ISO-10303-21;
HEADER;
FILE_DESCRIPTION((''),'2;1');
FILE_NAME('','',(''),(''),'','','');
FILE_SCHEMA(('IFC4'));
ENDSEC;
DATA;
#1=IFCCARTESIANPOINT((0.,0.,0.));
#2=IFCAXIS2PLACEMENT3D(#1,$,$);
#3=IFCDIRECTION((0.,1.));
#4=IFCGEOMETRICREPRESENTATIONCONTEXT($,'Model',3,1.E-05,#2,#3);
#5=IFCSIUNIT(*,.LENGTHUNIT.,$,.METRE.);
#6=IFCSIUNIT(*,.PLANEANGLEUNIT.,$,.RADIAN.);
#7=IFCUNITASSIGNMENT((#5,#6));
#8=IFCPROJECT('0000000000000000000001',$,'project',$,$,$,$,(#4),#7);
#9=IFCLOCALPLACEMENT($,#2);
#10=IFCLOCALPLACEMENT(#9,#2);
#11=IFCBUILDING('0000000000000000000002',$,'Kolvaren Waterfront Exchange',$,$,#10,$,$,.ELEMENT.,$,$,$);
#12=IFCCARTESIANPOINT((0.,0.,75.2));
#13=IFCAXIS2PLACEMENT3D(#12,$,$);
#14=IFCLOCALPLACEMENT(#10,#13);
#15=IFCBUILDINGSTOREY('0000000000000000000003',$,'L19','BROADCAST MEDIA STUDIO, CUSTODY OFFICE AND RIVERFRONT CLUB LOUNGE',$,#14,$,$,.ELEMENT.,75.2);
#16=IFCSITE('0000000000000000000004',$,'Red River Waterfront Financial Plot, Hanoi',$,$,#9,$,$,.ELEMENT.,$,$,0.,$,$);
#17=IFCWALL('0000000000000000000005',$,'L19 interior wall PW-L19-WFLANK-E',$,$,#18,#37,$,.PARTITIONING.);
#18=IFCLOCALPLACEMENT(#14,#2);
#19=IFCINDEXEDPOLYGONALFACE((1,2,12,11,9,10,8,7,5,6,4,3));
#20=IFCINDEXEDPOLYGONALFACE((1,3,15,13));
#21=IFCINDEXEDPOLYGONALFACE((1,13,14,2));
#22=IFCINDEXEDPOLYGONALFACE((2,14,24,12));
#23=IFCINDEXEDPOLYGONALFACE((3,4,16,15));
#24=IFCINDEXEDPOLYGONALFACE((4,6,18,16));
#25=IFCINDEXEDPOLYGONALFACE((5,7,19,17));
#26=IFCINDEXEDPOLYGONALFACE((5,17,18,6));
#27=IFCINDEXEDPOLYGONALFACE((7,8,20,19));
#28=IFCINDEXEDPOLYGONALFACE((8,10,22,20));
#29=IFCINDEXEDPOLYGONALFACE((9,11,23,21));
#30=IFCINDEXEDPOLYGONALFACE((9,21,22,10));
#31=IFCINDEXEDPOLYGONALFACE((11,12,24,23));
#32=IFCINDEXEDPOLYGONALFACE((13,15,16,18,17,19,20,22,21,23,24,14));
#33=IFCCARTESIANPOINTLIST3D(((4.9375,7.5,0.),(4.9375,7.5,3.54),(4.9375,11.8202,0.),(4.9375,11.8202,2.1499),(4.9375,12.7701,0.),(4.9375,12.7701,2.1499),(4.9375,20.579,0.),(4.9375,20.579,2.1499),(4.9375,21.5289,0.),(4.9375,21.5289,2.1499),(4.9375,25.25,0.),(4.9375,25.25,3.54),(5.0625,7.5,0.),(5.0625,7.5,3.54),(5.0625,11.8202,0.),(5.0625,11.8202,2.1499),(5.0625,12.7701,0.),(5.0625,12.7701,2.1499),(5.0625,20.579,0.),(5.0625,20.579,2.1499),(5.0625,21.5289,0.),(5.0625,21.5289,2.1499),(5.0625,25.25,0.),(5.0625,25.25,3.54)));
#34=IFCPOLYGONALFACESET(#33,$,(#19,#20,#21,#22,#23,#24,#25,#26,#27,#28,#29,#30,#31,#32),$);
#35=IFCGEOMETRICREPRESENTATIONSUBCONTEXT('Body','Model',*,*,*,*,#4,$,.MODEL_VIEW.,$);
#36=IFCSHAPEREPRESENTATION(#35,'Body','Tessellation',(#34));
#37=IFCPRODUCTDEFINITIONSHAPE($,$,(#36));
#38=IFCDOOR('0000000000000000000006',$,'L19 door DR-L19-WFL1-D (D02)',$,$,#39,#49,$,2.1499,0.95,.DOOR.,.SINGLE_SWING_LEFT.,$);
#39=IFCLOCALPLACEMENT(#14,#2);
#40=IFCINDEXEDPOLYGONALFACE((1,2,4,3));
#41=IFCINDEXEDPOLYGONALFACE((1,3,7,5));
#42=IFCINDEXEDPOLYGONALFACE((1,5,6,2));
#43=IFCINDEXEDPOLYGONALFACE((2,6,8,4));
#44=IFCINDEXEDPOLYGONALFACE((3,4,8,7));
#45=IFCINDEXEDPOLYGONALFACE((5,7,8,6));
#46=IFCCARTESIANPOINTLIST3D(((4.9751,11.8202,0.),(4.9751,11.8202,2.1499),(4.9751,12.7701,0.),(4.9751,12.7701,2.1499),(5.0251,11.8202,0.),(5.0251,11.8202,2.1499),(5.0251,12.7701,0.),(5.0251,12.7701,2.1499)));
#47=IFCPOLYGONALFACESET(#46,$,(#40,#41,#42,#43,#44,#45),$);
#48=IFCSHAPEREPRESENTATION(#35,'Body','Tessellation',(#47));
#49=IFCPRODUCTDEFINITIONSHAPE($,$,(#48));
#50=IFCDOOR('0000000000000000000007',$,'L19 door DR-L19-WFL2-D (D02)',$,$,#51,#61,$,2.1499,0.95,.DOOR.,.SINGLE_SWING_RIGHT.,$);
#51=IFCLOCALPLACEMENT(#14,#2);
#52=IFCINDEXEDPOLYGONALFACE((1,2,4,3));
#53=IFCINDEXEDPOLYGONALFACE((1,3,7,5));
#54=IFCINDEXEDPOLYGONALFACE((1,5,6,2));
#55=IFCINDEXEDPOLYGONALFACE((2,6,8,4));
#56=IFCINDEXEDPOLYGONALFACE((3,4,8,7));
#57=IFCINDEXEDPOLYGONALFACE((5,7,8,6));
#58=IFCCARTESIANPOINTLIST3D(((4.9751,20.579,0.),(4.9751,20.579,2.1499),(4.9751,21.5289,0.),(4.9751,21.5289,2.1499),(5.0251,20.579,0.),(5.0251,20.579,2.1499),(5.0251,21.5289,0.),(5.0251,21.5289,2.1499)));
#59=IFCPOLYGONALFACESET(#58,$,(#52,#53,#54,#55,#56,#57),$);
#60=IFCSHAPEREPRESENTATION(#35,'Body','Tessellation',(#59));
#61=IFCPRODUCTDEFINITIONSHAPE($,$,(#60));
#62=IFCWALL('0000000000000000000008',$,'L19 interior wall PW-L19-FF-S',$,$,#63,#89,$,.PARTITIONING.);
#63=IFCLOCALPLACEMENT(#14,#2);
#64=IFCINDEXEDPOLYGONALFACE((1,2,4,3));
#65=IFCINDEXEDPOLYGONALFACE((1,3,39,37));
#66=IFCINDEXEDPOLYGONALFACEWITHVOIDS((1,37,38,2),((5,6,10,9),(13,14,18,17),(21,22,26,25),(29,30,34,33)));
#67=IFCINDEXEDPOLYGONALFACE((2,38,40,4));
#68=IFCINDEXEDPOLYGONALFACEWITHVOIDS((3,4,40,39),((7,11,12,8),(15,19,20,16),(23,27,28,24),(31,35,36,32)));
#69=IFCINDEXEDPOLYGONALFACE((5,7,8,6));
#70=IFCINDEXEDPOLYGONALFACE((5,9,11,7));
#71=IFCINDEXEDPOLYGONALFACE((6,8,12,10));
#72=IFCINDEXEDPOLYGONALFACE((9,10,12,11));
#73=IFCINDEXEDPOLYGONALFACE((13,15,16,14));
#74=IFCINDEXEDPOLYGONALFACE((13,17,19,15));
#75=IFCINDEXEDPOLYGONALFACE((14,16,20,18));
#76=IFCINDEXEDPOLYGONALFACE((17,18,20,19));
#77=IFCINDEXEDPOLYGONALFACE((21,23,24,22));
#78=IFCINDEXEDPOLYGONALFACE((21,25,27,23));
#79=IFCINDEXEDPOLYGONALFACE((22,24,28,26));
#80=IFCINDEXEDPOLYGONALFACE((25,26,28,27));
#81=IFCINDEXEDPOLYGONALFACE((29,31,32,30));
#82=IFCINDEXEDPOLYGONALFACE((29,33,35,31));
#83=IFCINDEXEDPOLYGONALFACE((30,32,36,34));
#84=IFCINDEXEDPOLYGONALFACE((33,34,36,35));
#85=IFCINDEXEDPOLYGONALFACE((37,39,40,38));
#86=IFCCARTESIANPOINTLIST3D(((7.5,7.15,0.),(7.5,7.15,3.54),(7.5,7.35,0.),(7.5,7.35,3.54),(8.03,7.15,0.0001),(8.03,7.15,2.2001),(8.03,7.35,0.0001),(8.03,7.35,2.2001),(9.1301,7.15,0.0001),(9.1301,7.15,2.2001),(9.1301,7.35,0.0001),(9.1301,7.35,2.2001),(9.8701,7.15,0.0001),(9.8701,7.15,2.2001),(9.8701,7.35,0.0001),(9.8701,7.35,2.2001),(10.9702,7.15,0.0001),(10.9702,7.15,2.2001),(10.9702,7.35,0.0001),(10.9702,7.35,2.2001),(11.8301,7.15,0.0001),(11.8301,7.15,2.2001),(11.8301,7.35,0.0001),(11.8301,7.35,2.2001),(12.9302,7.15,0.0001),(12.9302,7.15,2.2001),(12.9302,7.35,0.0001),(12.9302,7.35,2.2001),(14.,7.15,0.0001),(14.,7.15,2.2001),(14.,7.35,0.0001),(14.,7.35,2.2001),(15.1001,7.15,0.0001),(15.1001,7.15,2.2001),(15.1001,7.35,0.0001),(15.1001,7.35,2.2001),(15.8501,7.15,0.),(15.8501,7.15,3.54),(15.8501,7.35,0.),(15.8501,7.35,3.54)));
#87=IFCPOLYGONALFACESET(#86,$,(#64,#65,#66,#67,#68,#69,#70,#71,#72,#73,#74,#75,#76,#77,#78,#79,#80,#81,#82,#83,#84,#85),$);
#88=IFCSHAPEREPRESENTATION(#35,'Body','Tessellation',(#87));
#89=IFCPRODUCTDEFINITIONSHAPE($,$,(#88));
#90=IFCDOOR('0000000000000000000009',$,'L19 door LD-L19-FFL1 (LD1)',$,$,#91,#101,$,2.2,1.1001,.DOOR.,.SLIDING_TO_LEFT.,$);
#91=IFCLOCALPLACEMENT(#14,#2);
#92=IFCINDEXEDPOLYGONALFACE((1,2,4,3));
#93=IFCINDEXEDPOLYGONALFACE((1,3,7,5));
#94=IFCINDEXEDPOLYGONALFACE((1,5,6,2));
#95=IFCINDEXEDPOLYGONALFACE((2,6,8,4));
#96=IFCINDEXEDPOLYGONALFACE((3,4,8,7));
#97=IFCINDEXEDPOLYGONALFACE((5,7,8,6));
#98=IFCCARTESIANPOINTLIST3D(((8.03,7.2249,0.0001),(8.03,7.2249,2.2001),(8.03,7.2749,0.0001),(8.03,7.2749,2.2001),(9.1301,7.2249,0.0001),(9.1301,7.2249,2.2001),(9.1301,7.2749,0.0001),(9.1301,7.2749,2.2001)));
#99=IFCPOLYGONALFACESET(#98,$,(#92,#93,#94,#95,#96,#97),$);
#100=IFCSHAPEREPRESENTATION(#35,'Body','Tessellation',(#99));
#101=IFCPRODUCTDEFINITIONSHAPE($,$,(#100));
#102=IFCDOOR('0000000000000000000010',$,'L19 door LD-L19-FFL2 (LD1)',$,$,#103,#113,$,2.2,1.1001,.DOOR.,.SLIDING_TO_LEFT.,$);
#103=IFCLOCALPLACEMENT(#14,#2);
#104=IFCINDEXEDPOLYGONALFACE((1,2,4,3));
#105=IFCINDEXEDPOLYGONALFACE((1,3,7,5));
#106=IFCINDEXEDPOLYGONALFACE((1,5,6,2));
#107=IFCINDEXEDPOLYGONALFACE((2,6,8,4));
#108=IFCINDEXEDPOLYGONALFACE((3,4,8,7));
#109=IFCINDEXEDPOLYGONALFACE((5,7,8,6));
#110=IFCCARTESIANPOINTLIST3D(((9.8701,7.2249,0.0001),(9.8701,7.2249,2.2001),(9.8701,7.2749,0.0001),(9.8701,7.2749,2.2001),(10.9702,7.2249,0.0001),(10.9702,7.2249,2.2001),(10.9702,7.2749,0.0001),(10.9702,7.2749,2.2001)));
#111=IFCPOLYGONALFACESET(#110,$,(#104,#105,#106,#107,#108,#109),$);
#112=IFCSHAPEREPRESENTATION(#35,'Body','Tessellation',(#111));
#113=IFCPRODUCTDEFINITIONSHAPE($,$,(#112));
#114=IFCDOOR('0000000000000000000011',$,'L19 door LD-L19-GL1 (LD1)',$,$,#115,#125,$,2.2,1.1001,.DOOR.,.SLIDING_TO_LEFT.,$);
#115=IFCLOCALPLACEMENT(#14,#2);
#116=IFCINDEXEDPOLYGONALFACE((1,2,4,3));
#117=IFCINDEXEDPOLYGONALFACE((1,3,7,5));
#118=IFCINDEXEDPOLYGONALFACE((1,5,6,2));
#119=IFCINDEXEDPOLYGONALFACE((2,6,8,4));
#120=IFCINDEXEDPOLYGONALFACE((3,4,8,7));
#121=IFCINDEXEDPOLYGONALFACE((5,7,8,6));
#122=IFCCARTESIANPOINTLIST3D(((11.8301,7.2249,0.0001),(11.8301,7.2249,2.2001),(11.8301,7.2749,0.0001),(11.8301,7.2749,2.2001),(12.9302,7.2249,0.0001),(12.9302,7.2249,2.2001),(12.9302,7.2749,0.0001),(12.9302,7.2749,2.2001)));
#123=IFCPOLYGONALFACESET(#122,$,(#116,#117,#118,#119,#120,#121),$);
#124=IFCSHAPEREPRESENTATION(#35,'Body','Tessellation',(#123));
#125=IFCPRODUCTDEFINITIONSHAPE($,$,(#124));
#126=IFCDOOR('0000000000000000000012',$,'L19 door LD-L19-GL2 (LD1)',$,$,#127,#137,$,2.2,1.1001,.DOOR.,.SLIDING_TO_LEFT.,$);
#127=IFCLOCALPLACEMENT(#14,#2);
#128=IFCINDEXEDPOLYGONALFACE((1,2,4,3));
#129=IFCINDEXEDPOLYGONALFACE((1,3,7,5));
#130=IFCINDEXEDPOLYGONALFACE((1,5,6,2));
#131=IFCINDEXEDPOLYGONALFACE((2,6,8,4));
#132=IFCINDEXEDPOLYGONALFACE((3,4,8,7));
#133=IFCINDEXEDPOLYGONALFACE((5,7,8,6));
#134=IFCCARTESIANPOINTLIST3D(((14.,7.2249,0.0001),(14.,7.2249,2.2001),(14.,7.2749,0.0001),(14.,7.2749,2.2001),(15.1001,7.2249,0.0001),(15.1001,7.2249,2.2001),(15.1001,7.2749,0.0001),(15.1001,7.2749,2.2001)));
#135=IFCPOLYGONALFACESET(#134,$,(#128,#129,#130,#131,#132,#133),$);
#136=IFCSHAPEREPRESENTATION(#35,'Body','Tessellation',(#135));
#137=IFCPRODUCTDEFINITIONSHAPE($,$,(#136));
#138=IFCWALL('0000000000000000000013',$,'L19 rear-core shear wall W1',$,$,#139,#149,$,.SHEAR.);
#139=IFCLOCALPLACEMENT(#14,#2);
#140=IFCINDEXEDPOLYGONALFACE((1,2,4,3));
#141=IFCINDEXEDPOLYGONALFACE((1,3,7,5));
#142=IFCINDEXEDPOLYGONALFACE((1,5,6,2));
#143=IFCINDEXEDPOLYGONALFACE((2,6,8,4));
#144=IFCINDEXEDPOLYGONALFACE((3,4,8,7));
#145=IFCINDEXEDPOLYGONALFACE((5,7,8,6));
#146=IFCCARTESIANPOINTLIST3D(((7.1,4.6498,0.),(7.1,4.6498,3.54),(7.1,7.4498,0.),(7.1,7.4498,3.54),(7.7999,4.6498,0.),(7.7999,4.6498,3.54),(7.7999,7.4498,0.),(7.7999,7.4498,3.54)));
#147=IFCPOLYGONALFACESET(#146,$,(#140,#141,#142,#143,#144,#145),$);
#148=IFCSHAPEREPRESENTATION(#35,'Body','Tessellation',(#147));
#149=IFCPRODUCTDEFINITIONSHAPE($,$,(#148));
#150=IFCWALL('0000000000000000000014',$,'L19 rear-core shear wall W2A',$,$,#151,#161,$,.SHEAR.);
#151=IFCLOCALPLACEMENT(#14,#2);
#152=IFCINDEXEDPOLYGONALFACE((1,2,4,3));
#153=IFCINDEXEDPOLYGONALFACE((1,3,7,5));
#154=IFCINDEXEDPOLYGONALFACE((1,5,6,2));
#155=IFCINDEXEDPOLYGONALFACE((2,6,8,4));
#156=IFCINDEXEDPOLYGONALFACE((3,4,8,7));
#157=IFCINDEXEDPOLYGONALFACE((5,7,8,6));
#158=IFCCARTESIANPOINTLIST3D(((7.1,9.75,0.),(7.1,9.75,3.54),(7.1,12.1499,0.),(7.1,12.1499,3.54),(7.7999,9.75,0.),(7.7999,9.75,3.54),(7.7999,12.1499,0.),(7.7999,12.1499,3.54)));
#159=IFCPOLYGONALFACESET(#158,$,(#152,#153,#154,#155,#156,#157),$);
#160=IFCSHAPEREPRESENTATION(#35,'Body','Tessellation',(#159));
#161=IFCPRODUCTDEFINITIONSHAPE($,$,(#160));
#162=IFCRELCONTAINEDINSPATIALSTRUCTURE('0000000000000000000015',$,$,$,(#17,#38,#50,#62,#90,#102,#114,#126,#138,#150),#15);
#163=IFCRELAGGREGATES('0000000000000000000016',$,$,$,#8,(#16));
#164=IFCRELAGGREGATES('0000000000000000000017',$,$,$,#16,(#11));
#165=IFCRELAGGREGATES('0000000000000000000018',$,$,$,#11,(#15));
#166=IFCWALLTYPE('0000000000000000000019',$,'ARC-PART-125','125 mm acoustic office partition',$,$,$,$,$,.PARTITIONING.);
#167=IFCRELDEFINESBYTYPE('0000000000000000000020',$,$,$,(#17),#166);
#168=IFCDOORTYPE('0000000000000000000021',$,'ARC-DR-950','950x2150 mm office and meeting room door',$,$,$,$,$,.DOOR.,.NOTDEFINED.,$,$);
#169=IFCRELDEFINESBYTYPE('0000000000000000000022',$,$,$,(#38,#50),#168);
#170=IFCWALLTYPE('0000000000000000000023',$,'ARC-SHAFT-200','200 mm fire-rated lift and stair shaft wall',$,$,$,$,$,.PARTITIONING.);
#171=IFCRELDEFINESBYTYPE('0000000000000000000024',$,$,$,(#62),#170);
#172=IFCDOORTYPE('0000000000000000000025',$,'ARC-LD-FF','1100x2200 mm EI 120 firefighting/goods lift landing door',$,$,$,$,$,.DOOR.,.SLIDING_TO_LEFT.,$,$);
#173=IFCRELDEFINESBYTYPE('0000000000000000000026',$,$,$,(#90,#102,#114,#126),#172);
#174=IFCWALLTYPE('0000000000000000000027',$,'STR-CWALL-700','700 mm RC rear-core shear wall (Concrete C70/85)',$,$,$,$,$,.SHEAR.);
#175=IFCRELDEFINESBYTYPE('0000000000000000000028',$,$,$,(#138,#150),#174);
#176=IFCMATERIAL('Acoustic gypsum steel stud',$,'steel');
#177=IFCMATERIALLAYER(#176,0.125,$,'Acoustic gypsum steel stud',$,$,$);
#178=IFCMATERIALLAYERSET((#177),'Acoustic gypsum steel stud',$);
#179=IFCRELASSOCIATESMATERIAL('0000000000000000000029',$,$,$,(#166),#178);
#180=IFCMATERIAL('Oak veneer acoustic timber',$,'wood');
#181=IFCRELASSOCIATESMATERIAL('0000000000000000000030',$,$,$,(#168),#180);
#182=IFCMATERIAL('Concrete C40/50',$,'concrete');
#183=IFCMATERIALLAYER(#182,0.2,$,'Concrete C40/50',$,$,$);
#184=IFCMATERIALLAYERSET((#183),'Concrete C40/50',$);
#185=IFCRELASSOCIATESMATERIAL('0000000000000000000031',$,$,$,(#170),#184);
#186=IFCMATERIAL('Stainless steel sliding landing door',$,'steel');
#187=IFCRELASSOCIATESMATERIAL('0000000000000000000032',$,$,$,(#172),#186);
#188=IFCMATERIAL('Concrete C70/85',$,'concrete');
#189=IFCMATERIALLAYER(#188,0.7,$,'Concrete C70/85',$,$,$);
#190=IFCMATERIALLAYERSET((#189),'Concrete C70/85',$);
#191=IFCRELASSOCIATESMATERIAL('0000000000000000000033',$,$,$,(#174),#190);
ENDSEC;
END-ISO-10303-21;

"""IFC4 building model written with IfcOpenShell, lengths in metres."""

from ifc_helpers import new_model, si_unit, direction, frame, frame_2d, origin, place, context, subcontext, project, spatial, rectangle, extrude, material, layer, layer_set, type_object, element, fill, save


model = new_model("IFC4")

# Units and contexts
model_context = context("Model", 3, precision=1e-05, world=origin(), true_north=direction((0.0, 1.0)))
body_context = subcontext(model_context, "Body", "Model", "MODEL_VIEW")
ifc_project = project(units=[si_unit("LENGTHUNIT", "METRE"), si_unit("PLANEANGLEUNIT", "RADIAN")], contexts=[model_context])

# Site, building, storey
site_placement = place(None, origin())
site = spatial("IfcSite", under=ifc_project, at=site_placement, Name="Red River Waterfront Financial Plot, Hanoi", CompositionType="ELEMENT", RefElevation=0.0)
building_placement = place(site_placement, origin())
building = spatial("IfcBuilding", under=site, at=building_placement, Name="Kolvaren Waterfront Exchange", CompositionType="ELEMENT")
storey_placement = place(building_placement, frame((0.0, 0.0, 75.2)))
storey = spatial("IfcBuildingStorey", under=building, at=storey_placement, Name="L19", Description="BROADCAST MEDIA STUDIO, CUSTODY OFFICE AND RIVERFRONT CLUB LOUNGE", CompositionType="ELEMENT", Elevation=75.2)

# Shared definitions
ifc_material_1 = material(Name="Concrete C70/85", Category="concrete")

# Shared definitions
ifc_material_2 = material(Name="Acoustic gypsum steel stud", Category="steel")
ifc_layer_1 = layer(ifc_material_2, 0.125, Name="Acoustic gypsum steel stud")
ifc_layer_set_1 = layer_set([ifc_layer_1], Name="Acoustic gypsum steel stud")
wall_type_1 = type_object("IfcWallType", Name="ARC-PART-125", Description="125 mm acoustic office partition", PredefinedType="PARTITIONING", material=ifc_layer_set_1)

# Walls, openings, doors
wall_1_placement = place(storey_placement, frame((5.0, 7.5, 0.0), z_axis=(0.0, 0.0, 1.0), x_axis=(0.0, 1.0, 0.0)))
wall_1 = element("IfcWall", 1, at=wall_1_placement, inside=storey, type_object=wall_type_1, Name="L19 interior wall PW-L19-WFLANK-E", PredefinedType="PARTITIONING", context=body_context, shape_type="SweptSolid", body=[
    extrude(rectangle(XDim=17.75, YDim=0.125, at=frame_2d((8.875, 0.0))), origin(), (0.0, 0.0, 1.0), 3.54),
])
opening_1_placement = place(wall_1_placement, frame((4.3201, 0.0, 0.0)))
opening_1 = element("IfcOpeningElement", 2, at=opening_1_placement, cuts=wall_1, PredefinedType="OPENING", context=body_context, shape_type="SweptSolid", body=[
    extrude(rectangle(XDim=0.95, YDim=2.1499, at=frame_2d((0.4751, 1.075))), frame((0.0, 0.0725, 0.0), z_axis=(0.0, -1.0, 0.0), x_axis=(1.0, 0.0, 0.0)), (0.0, 0.0, 1.0), 0.145),
])
opening_2_placement = place(wall_1_placement, frame((13.0789, 0.0, 0.0)))
opening_2 = element("IfcOpeningElement", 3, at=opening_2_placement, cuts=wall_1, PredefinedType="OPENING", context=body_context, shape_type="SweptSolid", body=[
    extrude(rectangle(XDim=0.95, YDim=2.1499, at=frame_2d((0.4751, 1.075))), frame((0.0, 0.0725, 0.0), z_axis=(0.0, -1.0, 0.0), x_axis=(1.0, 0.0, 0.0)), (0.0, 0.0, 1.0), 0.145),
])
ifc_material_3 = material(Name="Oak veneer acoustic timber", Category="wood")
door_type_1 = type_object("IfcDoorType", Name="ARC-DR-950", Description="950x2150 mm office and meeting room door", OperationType="NOTDEFINED", PredefinedType="DOOR", material=ifc_material_3)
door_1_placement = place(opening_1_placement, origin())
door_1 = element("IfcDoor", 4, at=door_1_placement, inside=storey, type_object=door_type_1, Name="L19 door DR-L19-WFL1-D (D02)", OperationType="SINGLE_SWING_LEFT", OverallHeight=2.1499, OverallWidth=0.95, PredefinedType="DOOR", context=body_context, shape_type="SweptSolid", body=[
    extrude(rectangle(XDim=0.95, YDim=2.1499, at=frame_2d((0.4751, 1.075))), frame((0.0, 0.0249, 0.0), z_axis=(0.0, -1.0, 0.0), x_axis=(1.0, 0.0, 0.0)), (0.0, 0.0, 1.0), 0.05),
])
fill(opening_1, door_1)
door_2_placement = place(opening_2_placement, origin())
door_2 = element("IfcDoor", 5, at=door_2_placement, inside=storey, type_object=door_type_1, Name="L19 door DR-L19-WFL2-D (D02)", OperationType="SINGLE_SWING_RIGHT", OverallHeight=2.1499, OverallWidth=0.95, PredefinedType="DOOR", context=body_context, shape_type="SweptSolid", body=[
    extrude(rectangle(XDim=0.95, YDim=2.1499, at=frame_2d((0.4751, 1.075))), frame((0.0, 0.0249, 0.0), z_axis=(0.0, -1.0, 0.0), x_axis=(1.0, 0.0, 0.0)), (0.0, 0.0, 1.0), 0.05),
])
fill(opening_2, door_2)
ifc_material_4 = material(Name="Concrete C40/50", Category="concrete")
ifc_layer_2 = layer(ifc_material_4, 0.2, Name="Concrete C40/50")
ifc_layer_set_2 = layer_set([ifc_layer_2], Name="Concrete C40/50")
wall_type_2 = type_object("IfcWallType", Name="ARC-SHAFT-200", Description="200 mm fire-rated lift and stair shaft wall", PredefinedType="PARTITIONING", material=ifc_layer_set_2)
wall_2_placement = place(storey_placement, frame((7.5, 7.25, 0.0), z_axis=(0.0, 0.0, 1.0), x_axis=(1.0, 0.0, 0.0)))
wall_2 = element("IfcWall", 6, at=wall_2_placement, inside=storey, type_object=wall_type_2, Name="L19 interior wall PW-L19-FF-S", PredefinedType="PARTITIONING", context=body_context, shape_type="SweptSolid", body=[
    extrude(rectangle(XDim=8.3501, YDim=0.2, at=frame_2d((4.175, 0.0))), origin(), (0.0, 0.0, 1.0), 3.54),
])
opening_3_placement = place(wall_2_placement, frame((0.53, 0.0, 0.0)))
opening_3 = element("IfcOpeningElement", 7, at=opening_3_placement, cuts=wall_2, PredefinedType="OPENING", context=body_context, shape_type="SweptSolid", body=[
    extrude(rectangle(XDim=1.1001, YDim=2.2, at=frame_2d((0.55, 1.1001))), frame((0.0, 0.1099, 0.0), z_axis=(0.0, -1.0, 0.0), x_axis=(1.0, 0.0, 0.0)), (0.0, 0.0, 1.0), 0.22),
])
opening_4_placement = place(wall_2_placement, frame((2.3701, 0.0, 0.0)))
opening_4 = element("IfcOpeningElement", 8, at=opening_4_placement, cuts=wall_2, PredefinedType="OPENING", context=body_context, shape_type="SweptSolid", body=[
    extrude(rectangle(XDim=1.1001, YDim=2.2, at=frame_2d((0.55, 1.1001))), frame((0.0, 0.1099, 0.0), z_axis=(0.0, -1.0, 0.0), x_axis=(1.0, 0.0, 0.0)), (0.0, 0.0, 1.0), 0.22),
])
opening_5_placement = place(wall_2_placement, frame((4.3301, 0.0, 0.0)))
opening_5 = element("IfcOpeningElement", 9, at=opening_5_placement, cuts=wall_2, PredefinedType="OPENING", context=body_context, shape_type="SweptSolid", body=[
    extrude(rectangle(XDim=1.1001, YDim=2.2, at=frame_2d((0.55, 1.1001))), frame((0.0, 0.1099, 0.0), z_axis=(0.0, -1.0, 0.0), x_axis=(1.0, 0.0, 0.0)), (0.0, 0.0, 1.0), 0.22),
])
opening_6_placement = place(wall_2_placement, frame((6.5, 0.0, 0.0)))
opening_6 = element("IfcOpeningElement", 10, at=opening_6_placement, cuts=wall_2, PredefinedType="OPENING", context=body_context, shape_type="SweptSolid", body=[
    extrude(rectangle(XDim=1.1001, YDim=2.2, at=frame_2d((0.55, 1.1001))), frame((0.0, 0.1099, 0.0), z_axis=(0.0, -1.0, 0.0), x_axis=(1.0, 0.0, 0.0)), (0.0, 0.0, 1.0), 0.22),
])
ifc_material_5 = material(Name="Stainless steel sliding landing door", Category="steel")
door_type_2 = type_object("IfcDoorType", Name="ARC-LD-FF", Description="1100x2200 mm EI 120 firefighting/goods lift landing door", OperationType="SLIDING_TO_LEFT", PredefinedType="DOOR", material=ifc_material_5)
door_3_placement = place(opening_3_placement, origin())
door_3 = element("IfcDoor", 11, at=door_3_placement, inside=storey, type_object=door_type_2, Name="L19 door LD-L19-FFL1 (LD1)", OperationType="SLIDING_TO_LEFT", OverallHeight=2.2, OverallWidth=1.1001, PredefinedType="DOOR", context=body_context, shape_type="SweptSolid", body=[
    extrude(rectangle(XDim=1.1001, YDim=2.2, at=frame_2d((0.55, 1.1001))), frame((0.0, 0.0249, 0.0), z_axis=(0.0, -1.0, 0.0), x_axis=(1.0, 0.0, 0.0)), (0.0, 0.0, 1.0), 0.05),
])
fill(opening_3, door_3)
door_4_placement = place(opening_4_placement, origin())
door_4 = element("IfcDoor", 12, at=door_4_placement, inside=storey, type_object=door_type_2, Name="L19 door LD-L19-FFL2 (LD1)", OperationType="SLIDING_TO_LEFT", OverallHeight=2.2, OverallWidth=1.1001, PredefinedType="DOOR", context=body_context, shape_type="SweptSolid", body=[
    extrude(rectangle(XDim=1.1001, YDim=2.2, at=frame_2d((0.55, 1.1001))), frame((0.0, 0.0249, 0.0), z_axis=(0.0, -1.0, 0.0), x_axis=(1.0, 0.0, 0.0)), (0.0, 0.0, 1.0), 0.05),
])
fill(opening_4, door_4)
door_5_placement = place(opening_5_placement, origin())
door_5 = element("IfcDoor", 13, at=door_5_placement, inside=storey, type_object=door_type_2, Name="L19 door LD-L19-GL1 (LD1)", OperationType="SLIDING_TO_LEFT", OverallHeight=2.2, OverallWidth=1.1001, PredefinedType="DOOR", context=body_context, shape_type="SweptSolid", body=[
    extrude(rectangle(XDim=1.1001, YDim=2.2, at=frame_2d((0.55, 1.1001))), frame((0.0, 0.0249, 0.0), z_axis=(0.0, -1.0, 0.0), x_axis=(1.0, 0.0, 0.0)), (0.0, 0.0, 1.0), 0.05),
])
fill(opening_5, door_5)
door_6_placement = place(opening_6_placement, origin())
door_6 = element("IfcDoor", 14, at=door_6_placement, inside=storey, type_object=door_type_2, Name="L19 door LD-L19-GL2 (LD1)", OperationType="SLIDING_TO_LEFT", OverallHeight=2.2, OverallWidth=1.1001, PredefinedType="DOOR", context=body_context, shape_type="SweptSolid", body=[
    extrude(rectangle(XDim=1.1001, YDim=2.2, at=frame_2d((0.55, 1.1001))), frame((0.0, 0.0249, 0.0), z_axis=(0.0, -1.0, 0.0), x_axis=(1.0, 0.0, 0.0)), (0.0, 0.0, 1.0), 0.05),
])
fill(opening_6, door_6)

# Walls
ifc_layer_3 = layer(ifc_material_1, 0.7, Name="Concrete C70/85")
ifc_layer_set_3 = layer_set([ifc_layer_3], Name="Concrete C70/85")
wall_type_3 = type_object("IfcWallType", Name="STR-CWALL-700", Description="700 mm RC rear-core shear wall (Concrete C70/85)", PredefinedType="SHEAR", material=ifc_layer_set_3)
wall_3_placement = place(storey_placement, frame((7.45, 4.6499, 0.0), z_axis=(0.0, 0.0, 1.0), x_axis=(0.0, 1.0, 0.0)))
element("IfcWall", 15, at=wall_3_placement, inside=storey, type_object=wall_type_3, Name="L19 rear-core shear wall W1", PredefinedType="SHEAR", context=body_context, shape_type="SweptSolid", body=[
    extrude(rectangle(XDim=2.8, YDim=0.7, at=frame_2d((1.3999, 0.0))), origin(), (0.0, 0.0, 1.0), 3.54),
])
wall_4_placement = place(storey_placement, frame((7.45, 9.75, 0.0), z_axis=(0.0, 0.0, 1.0), x_axis=(0.0, 1.0, 0.0)))
element("IfcWall", 16, at=wall_4_placement, inside=storey, type_object=wall_type_3, Name="L19 rear-core shear wall W2A", PredefinedType="SHEAR", context=body_context, shape_type="SweptSolid", body=[
    extrude(rectangle(XDim=2.3999, YDim=0.7, at=frame_2d((1.2, 0.0))), origin(), (0.0, 0.0, 1.0), 3.54),
])

save(model, "model.ifc")
